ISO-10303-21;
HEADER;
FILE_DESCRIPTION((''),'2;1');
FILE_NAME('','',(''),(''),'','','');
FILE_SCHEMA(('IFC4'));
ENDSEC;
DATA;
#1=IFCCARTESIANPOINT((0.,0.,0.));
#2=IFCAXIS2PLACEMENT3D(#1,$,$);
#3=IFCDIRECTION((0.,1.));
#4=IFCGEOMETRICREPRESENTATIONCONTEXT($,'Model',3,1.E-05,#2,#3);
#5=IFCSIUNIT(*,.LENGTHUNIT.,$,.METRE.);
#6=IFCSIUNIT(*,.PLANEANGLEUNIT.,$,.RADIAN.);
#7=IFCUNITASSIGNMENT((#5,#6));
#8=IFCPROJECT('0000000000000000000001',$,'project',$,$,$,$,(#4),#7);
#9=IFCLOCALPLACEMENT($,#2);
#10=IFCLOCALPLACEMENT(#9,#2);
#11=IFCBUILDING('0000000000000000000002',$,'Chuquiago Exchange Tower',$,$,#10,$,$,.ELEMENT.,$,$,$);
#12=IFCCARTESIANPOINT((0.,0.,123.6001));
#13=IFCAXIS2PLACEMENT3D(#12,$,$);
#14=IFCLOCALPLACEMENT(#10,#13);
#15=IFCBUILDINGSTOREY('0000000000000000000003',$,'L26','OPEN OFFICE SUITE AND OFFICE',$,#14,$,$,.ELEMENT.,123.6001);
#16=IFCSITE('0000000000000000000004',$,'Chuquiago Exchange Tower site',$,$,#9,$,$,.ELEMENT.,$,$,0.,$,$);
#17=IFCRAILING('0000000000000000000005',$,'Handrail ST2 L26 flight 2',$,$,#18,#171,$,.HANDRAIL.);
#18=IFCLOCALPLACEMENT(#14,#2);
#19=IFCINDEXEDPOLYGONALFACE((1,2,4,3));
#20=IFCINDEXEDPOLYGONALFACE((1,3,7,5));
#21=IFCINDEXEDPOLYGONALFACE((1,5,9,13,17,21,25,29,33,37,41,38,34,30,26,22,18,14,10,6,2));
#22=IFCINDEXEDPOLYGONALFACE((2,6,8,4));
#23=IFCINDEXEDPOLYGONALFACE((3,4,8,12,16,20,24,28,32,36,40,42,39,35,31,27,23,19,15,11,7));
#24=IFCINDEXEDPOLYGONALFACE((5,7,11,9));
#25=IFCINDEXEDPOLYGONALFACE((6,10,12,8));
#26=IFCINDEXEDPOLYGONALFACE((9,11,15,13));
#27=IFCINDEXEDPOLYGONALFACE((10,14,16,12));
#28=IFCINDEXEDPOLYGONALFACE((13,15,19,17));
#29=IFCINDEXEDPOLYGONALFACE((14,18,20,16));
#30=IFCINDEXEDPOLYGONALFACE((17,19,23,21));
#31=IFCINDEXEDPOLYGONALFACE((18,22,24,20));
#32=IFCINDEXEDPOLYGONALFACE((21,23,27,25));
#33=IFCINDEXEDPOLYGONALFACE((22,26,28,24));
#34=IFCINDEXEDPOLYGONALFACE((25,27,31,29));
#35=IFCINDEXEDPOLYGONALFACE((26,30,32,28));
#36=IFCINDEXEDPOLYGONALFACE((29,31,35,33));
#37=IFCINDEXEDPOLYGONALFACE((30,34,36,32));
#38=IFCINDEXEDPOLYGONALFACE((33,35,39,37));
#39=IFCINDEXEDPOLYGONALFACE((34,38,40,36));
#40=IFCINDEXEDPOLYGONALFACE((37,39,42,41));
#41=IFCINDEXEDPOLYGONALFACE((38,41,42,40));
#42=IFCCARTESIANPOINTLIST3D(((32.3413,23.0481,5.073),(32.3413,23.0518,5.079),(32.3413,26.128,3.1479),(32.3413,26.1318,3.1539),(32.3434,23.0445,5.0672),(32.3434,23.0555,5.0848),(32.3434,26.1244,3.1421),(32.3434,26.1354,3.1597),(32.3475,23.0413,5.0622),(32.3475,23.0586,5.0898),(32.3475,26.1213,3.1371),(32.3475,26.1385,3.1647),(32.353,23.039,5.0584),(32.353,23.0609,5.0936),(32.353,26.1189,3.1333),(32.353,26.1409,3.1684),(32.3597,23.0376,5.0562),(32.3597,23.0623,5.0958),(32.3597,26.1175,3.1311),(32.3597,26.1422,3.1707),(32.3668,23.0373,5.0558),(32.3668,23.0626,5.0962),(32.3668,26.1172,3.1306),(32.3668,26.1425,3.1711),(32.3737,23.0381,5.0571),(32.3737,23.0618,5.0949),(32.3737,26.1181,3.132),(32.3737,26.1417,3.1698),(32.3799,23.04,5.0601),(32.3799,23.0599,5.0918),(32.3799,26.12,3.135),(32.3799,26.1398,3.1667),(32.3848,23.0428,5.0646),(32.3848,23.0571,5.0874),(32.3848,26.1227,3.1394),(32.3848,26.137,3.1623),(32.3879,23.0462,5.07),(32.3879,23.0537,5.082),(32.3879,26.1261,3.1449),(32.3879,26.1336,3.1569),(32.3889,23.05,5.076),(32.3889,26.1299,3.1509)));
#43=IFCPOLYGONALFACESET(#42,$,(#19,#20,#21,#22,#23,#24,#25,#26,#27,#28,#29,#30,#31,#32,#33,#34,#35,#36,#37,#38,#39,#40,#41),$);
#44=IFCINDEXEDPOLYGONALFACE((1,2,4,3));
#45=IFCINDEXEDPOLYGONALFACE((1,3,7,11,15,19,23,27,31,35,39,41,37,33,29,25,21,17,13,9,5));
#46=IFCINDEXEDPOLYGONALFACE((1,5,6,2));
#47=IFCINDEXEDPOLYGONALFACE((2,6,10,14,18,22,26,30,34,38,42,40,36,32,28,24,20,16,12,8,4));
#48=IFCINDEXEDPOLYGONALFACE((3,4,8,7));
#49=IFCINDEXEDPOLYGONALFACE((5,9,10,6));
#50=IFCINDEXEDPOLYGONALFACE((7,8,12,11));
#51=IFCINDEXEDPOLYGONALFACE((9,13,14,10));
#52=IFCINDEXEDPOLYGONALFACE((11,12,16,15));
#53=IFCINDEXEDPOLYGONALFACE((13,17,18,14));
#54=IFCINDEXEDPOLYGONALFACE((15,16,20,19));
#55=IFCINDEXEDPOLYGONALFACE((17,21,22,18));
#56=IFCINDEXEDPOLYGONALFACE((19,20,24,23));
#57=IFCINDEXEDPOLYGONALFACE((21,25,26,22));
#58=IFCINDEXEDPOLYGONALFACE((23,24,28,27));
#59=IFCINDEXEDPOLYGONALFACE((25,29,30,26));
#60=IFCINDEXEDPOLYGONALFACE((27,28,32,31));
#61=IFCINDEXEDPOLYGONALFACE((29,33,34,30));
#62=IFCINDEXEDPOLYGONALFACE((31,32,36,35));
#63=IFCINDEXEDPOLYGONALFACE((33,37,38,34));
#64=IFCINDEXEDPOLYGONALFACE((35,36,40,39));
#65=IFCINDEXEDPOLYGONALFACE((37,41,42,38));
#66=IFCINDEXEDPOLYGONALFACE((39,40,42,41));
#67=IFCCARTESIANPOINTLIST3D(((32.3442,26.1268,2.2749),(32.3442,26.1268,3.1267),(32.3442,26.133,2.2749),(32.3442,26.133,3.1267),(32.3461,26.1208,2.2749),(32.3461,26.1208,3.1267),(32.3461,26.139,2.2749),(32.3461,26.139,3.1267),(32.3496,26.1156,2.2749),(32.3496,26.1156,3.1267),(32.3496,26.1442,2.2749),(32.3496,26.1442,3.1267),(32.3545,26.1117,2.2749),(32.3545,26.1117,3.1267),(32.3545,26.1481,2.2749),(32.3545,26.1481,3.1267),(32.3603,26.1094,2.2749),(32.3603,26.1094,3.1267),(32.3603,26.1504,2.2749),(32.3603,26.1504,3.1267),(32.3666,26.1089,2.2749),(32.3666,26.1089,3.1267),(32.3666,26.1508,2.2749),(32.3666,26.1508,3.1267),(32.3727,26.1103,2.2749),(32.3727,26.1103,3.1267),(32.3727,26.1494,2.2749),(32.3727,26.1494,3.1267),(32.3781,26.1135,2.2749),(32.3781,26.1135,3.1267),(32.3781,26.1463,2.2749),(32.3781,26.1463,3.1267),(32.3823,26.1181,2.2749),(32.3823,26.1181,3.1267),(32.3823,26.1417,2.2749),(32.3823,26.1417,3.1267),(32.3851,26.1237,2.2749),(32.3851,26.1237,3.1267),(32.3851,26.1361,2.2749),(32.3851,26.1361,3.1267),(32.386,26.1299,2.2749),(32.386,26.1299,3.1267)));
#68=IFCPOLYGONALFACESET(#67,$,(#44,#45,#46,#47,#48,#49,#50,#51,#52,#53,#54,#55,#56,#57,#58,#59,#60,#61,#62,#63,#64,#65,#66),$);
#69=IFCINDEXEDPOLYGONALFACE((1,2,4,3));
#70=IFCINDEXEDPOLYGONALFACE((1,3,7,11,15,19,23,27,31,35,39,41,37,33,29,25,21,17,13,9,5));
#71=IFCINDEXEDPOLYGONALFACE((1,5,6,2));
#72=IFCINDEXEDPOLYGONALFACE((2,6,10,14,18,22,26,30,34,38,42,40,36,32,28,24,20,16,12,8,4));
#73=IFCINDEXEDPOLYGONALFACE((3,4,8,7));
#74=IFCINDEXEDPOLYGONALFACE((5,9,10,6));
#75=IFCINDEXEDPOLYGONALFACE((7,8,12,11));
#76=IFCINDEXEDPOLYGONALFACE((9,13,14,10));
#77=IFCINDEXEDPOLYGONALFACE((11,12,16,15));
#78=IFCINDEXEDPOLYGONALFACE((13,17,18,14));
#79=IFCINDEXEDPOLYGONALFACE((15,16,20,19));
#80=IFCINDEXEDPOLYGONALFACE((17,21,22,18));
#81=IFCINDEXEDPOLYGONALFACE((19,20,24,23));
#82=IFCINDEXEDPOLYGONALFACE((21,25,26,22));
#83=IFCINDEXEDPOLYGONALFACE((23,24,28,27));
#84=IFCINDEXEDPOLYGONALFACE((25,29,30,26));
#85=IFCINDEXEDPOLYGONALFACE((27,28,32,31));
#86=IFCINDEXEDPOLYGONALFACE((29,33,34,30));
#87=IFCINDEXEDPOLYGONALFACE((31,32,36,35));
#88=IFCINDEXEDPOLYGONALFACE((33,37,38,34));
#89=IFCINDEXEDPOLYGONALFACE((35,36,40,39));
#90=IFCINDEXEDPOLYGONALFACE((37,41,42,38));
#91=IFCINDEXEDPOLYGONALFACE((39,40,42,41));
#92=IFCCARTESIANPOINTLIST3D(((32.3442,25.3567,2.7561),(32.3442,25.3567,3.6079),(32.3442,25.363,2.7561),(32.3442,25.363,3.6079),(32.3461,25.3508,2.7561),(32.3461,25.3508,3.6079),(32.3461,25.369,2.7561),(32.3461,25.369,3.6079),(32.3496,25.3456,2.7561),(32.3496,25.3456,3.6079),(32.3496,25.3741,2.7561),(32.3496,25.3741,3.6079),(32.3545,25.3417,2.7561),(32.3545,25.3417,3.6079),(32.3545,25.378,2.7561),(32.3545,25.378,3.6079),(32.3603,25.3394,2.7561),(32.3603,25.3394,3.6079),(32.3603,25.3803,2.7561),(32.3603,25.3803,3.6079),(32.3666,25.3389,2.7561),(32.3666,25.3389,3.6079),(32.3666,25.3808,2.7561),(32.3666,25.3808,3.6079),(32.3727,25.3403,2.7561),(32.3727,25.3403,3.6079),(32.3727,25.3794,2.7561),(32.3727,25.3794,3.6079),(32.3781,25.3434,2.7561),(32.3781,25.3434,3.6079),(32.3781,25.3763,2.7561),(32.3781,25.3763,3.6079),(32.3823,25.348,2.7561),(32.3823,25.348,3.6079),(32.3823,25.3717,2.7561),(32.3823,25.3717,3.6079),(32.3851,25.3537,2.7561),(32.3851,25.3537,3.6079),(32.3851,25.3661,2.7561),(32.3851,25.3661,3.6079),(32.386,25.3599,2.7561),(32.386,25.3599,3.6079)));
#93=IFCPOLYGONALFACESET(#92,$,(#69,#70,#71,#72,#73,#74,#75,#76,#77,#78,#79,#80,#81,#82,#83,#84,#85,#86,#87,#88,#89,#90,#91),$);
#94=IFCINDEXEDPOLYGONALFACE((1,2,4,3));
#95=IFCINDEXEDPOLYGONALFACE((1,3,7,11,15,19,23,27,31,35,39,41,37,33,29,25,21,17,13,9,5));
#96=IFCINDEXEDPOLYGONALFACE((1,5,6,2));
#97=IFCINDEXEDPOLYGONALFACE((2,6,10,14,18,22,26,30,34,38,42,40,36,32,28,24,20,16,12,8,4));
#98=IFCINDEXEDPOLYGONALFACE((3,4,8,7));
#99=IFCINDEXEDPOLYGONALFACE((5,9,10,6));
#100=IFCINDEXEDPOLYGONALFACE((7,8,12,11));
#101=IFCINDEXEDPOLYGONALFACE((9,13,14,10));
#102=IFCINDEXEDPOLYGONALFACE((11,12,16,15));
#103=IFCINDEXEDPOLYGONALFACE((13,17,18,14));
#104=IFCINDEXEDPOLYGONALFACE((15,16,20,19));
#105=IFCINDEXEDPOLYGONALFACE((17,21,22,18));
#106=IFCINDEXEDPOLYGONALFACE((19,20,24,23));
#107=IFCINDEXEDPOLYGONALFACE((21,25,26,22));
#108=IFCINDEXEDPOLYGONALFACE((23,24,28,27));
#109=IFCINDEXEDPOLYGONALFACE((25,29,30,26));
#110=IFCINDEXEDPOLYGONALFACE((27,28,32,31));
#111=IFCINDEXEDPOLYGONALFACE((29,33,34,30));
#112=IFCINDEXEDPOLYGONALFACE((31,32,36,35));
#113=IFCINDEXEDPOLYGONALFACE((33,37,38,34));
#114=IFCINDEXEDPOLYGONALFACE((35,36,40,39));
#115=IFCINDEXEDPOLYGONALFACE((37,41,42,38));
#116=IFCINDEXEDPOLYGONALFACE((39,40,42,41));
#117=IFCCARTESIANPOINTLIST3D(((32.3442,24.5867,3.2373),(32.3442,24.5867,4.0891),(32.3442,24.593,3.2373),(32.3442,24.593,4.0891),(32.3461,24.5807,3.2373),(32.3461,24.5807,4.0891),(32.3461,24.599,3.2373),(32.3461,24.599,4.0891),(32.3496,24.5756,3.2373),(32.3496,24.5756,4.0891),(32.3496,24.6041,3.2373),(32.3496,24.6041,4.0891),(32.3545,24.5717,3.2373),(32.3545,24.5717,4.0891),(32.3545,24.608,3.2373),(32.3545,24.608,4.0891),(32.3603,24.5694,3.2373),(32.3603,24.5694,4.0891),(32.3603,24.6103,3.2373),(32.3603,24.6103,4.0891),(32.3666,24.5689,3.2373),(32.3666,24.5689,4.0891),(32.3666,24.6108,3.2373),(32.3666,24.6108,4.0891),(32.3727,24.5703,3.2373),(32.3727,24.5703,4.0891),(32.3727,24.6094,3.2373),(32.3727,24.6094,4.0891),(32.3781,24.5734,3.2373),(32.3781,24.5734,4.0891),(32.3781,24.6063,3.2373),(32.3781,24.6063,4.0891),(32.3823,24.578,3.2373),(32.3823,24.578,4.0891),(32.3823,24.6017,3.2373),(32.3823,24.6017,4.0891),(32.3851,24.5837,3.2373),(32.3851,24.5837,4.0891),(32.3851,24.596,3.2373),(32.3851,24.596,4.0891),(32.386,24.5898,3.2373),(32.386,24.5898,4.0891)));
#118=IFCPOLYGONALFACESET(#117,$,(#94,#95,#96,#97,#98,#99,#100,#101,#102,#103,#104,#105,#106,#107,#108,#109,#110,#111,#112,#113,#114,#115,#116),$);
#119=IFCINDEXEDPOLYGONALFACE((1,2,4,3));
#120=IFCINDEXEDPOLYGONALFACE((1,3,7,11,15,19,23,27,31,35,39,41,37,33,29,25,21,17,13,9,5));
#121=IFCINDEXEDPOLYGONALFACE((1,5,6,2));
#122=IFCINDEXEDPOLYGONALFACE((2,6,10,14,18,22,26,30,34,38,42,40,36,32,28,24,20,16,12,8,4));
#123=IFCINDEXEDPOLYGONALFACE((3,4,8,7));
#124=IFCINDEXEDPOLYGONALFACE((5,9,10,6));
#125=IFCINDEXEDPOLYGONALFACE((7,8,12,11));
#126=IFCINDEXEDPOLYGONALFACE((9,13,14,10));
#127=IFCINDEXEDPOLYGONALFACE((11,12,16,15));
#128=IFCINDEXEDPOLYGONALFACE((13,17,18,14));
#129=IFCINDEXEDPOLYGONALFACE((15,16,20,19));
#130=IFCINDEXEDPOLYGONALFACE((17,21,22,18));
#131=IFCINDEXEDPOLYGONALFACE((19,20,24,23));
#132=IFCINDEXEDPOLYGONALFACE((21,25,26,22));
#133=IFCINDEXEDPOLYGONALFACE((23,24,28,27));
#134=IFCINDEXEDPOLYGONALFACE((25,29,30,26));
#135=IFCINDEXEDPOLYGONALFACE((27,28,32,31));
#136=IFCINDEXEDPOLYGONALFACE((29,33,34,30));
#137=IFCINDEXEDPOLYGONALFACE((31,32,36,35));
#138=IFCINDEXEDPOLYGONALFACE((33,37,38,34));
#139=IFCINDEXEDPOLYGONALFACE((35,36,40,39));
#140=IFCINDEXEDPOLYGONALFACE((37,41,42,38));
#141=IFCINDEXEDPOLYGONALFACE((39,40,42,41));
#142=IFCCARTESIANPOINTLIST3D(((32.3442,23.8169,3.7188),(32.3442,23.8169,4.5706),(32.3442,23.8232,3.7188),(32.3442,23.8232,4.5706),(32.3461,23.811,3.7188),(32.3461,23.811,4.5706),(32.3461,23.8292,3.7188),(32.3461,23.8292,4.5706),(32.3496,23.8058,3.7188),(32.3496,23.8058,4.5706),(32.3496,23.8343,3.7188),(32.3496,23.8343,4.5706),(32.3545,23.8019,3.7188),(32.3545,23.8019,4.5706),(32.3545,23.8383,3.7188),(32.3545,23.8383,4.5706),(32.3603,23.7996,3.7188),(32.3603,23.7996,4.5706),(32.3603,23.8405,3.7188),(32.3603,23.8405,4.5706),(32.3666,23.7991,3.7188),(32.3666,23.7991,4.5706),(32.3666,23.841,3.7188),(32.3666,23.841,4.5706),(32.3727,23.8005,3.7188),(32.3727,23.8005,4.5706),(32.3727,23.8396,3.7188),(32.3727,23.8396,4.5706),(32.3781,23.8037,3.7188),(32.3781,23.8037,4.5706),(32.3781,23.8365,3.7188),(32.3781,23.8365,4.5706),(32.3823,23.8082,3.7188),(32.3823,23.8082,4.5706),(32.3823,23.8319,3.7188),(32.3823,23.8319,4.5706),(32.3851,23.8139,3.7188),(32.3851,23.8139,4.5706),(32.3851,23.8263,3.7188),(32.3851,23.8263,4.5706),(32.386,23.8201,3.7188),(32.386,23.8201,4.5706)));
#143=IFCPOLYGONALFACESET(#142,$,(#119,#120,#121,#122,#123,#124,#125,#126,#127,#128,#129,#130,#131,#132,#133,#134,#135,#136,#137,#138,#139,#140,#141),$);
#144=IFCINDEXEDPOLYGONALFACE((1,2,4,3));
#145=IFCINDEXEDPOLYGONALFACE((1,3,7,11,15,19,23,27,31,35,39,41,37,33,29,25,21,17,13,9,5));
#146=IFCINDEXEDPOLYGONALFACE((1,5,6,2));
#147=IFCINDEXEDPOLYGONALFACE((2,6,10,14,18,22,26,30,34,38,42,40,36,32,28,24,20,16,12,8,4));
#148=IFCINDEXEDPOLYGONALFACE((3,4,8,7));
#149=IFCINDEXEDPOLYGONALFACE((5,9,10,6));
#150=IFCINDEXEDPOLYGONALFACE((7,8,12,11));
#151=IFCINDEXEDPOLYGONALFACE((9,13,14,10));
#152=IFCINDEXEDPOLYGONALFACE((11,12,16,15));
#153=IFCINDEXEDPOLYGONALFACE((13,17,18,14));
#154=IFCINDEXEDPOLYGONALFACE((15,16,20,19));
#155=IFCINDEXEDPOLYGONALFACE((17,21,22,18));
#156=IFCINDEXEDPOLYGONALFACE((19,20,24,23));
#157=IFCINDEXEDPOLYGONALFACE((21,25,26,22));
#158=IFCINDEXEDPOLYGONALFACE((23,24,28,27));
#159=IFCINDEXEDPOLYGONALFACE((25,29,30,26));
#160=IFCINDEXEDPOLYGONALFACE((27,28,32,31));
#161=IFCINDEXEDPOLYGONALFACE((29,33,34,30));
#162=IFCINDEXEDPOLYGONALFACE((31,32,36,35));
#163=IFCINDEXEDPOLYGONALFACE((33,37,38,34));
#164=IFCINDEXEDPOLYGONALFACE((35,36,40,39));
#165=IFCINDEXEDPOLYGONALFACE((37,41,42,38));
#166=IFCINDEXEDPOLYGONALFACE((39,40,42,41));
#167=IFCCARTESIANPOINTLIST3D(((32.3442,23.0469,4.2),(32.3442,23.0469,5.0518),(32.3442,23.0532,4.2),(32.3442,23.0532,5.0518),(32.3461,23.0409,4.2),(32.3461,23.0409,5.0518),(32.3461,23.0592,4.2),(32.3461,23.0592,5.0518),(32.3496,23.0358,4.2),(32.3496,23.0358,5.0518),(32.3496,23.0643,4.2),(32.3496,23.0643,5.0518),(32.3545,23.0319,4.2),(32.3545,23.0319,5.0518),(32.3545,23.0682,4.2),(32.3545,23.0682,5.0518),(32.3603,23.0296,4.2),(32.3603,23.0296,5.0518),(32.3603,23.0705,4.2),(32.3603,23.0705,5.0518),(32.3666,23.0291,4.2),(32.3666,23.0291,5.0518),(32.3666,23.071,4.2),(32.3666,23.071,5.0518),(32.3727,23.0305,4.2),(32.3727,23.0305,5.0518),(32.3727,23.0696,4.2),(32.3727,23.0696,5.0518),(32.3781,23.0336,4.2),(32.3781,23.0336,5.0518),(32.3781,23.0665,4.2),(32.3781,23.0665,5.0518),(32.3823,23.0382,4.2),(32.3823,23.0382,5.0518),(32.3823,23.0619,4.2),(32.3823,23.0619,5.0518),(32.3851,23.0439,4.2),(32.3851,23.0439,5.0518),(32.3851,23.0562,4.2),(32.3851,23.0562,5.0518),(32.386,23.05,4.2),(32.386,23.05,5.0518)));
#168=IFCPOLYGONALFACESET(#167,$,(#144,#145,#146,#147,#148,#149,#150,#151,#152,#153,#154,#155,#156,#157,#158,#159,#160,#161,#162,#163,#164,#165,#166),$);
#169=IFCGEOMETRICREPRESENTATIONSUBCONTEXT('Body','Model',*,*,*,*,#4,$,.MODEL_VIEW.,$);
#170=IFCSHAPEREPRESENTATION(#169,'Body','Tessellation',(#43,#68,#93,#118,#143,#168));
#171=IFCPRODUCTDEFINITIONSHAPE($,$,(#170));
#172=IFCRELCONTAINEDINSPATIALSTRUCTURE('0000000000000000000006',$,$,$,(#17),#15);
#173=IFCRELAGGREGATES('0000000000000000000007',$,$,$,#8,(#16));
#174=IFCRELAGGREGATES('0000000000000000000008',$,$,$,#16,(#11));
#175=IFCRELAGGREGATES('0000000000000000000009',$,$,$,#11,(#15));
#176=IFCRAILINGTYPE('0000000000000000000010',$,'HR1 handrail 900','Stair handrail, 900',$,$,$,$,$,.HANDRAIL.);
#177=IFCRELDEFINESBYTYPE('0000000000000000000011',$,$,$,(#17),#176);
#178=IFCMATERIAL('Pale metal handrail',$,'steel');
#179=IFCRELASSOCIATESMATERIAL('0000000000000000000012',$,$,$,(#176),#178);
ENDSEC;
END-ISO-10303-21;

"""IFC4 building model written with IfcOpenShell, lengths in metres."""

from ifc_helpers import new_model, si_unit, direction, frame, origin, origin_2d, place, context, subcontext, project, spatial, circle, extrude, material, type_object, element, save


model = new_model("IFC4")

# Units and contexts
model_context = context("Model", 3, precision=1e-05, world=origin(), true_north=direction((0.0, 1.0)))
body_context = subcontext(model_context, "Body", "Model", "MODEL_VIEW")
ifc_project = project(units=[si_unit("LENGTHUNIT", "METRE"), si_unit("PLANEANGLEUNIT", "RADIAN")], contexts=[model_context])

# Site, building, storey
site_placement = place(None, origin())
site = spatial("IfcSite", under=ifc_project, at=site_placement, Name="Chuquiago Exchange Tower site", CompositionType="ELEMENT", RefElevation=0.0)
building_placement = place(site_placement, origin())
building = spatial("IfcBuilding", under=site, at=building_placement, Name="Chuquiago Exchange Tower", CompositionType="ELEMENT")
storey_placement = place(building_placement, frame((0.0, 0.0, 123.6001)))
storey = spatial("IfcBuildingStorey", under=building, at=storey_placement, Name="L26", Description="OPEN OFFICE SUITE AND OFFICE", CompositionType="ELEMENT", Elevation=123.6001)

# Railing
ifc_material_1 = material(Name="Pale metal handrail", Category="steel")
railing_type_1 = type_object("IfcRailingType", Name="HR1 handrail 900", Description="Stair handrail, 900", PredefinedType="HANDRAIL", material=ifc_material_1)
railing_1_placement = place(storey_placement, frame((32.365, 26.1299, 2.2749)))
element("IfcRailing", 1, at=railing_1_placement, inside=storey, type_object=railing_type_1, Name="Handrail ST2 L26 flight 2", PredefinedType="HANDRAIL", context=body_context, shape_type="SweptSolid", body=[
    extrude(circle(Radius=0.0239, at=origin_2d()), frame((0.0, 0.0, 0.876), z_axis=(0.0, -0.847979, 0.530029), x_axis=(1.0, 0.0, 0.0)), (0.0, 0.0, 1.0), 3.6321),
    extrude(circle(Radius=0.021, at=origin_2d()), origin(), (0.0, 0.0, 1.0), 0.8518),
    extrude(circle(Radius=0.021, at=origin_2d()), frame((0.0, -0.77, 0.4812)), (0.0, 0.0, 1.0), 0.8518),
    extrude(circle(Radius=0.021, at=origin_2d()), frame((0.0, -1.54, 0.9624)), (0.0, 0.0, 1.0), 0.8518),
    extrude(circle(Radius=0.021, at=origin_2d()), frame((0.0, -2.3098, 1.4438)), (0.0, 0.0, 1.0), 0.8518),
    extrude(circle(Radius=0.021, at=origin_2d()), frame((0.0, -3.0798, 1.925)), (0.0, 0.0, 1.0), 0.8518),
])

save(model, "model.ifc")
